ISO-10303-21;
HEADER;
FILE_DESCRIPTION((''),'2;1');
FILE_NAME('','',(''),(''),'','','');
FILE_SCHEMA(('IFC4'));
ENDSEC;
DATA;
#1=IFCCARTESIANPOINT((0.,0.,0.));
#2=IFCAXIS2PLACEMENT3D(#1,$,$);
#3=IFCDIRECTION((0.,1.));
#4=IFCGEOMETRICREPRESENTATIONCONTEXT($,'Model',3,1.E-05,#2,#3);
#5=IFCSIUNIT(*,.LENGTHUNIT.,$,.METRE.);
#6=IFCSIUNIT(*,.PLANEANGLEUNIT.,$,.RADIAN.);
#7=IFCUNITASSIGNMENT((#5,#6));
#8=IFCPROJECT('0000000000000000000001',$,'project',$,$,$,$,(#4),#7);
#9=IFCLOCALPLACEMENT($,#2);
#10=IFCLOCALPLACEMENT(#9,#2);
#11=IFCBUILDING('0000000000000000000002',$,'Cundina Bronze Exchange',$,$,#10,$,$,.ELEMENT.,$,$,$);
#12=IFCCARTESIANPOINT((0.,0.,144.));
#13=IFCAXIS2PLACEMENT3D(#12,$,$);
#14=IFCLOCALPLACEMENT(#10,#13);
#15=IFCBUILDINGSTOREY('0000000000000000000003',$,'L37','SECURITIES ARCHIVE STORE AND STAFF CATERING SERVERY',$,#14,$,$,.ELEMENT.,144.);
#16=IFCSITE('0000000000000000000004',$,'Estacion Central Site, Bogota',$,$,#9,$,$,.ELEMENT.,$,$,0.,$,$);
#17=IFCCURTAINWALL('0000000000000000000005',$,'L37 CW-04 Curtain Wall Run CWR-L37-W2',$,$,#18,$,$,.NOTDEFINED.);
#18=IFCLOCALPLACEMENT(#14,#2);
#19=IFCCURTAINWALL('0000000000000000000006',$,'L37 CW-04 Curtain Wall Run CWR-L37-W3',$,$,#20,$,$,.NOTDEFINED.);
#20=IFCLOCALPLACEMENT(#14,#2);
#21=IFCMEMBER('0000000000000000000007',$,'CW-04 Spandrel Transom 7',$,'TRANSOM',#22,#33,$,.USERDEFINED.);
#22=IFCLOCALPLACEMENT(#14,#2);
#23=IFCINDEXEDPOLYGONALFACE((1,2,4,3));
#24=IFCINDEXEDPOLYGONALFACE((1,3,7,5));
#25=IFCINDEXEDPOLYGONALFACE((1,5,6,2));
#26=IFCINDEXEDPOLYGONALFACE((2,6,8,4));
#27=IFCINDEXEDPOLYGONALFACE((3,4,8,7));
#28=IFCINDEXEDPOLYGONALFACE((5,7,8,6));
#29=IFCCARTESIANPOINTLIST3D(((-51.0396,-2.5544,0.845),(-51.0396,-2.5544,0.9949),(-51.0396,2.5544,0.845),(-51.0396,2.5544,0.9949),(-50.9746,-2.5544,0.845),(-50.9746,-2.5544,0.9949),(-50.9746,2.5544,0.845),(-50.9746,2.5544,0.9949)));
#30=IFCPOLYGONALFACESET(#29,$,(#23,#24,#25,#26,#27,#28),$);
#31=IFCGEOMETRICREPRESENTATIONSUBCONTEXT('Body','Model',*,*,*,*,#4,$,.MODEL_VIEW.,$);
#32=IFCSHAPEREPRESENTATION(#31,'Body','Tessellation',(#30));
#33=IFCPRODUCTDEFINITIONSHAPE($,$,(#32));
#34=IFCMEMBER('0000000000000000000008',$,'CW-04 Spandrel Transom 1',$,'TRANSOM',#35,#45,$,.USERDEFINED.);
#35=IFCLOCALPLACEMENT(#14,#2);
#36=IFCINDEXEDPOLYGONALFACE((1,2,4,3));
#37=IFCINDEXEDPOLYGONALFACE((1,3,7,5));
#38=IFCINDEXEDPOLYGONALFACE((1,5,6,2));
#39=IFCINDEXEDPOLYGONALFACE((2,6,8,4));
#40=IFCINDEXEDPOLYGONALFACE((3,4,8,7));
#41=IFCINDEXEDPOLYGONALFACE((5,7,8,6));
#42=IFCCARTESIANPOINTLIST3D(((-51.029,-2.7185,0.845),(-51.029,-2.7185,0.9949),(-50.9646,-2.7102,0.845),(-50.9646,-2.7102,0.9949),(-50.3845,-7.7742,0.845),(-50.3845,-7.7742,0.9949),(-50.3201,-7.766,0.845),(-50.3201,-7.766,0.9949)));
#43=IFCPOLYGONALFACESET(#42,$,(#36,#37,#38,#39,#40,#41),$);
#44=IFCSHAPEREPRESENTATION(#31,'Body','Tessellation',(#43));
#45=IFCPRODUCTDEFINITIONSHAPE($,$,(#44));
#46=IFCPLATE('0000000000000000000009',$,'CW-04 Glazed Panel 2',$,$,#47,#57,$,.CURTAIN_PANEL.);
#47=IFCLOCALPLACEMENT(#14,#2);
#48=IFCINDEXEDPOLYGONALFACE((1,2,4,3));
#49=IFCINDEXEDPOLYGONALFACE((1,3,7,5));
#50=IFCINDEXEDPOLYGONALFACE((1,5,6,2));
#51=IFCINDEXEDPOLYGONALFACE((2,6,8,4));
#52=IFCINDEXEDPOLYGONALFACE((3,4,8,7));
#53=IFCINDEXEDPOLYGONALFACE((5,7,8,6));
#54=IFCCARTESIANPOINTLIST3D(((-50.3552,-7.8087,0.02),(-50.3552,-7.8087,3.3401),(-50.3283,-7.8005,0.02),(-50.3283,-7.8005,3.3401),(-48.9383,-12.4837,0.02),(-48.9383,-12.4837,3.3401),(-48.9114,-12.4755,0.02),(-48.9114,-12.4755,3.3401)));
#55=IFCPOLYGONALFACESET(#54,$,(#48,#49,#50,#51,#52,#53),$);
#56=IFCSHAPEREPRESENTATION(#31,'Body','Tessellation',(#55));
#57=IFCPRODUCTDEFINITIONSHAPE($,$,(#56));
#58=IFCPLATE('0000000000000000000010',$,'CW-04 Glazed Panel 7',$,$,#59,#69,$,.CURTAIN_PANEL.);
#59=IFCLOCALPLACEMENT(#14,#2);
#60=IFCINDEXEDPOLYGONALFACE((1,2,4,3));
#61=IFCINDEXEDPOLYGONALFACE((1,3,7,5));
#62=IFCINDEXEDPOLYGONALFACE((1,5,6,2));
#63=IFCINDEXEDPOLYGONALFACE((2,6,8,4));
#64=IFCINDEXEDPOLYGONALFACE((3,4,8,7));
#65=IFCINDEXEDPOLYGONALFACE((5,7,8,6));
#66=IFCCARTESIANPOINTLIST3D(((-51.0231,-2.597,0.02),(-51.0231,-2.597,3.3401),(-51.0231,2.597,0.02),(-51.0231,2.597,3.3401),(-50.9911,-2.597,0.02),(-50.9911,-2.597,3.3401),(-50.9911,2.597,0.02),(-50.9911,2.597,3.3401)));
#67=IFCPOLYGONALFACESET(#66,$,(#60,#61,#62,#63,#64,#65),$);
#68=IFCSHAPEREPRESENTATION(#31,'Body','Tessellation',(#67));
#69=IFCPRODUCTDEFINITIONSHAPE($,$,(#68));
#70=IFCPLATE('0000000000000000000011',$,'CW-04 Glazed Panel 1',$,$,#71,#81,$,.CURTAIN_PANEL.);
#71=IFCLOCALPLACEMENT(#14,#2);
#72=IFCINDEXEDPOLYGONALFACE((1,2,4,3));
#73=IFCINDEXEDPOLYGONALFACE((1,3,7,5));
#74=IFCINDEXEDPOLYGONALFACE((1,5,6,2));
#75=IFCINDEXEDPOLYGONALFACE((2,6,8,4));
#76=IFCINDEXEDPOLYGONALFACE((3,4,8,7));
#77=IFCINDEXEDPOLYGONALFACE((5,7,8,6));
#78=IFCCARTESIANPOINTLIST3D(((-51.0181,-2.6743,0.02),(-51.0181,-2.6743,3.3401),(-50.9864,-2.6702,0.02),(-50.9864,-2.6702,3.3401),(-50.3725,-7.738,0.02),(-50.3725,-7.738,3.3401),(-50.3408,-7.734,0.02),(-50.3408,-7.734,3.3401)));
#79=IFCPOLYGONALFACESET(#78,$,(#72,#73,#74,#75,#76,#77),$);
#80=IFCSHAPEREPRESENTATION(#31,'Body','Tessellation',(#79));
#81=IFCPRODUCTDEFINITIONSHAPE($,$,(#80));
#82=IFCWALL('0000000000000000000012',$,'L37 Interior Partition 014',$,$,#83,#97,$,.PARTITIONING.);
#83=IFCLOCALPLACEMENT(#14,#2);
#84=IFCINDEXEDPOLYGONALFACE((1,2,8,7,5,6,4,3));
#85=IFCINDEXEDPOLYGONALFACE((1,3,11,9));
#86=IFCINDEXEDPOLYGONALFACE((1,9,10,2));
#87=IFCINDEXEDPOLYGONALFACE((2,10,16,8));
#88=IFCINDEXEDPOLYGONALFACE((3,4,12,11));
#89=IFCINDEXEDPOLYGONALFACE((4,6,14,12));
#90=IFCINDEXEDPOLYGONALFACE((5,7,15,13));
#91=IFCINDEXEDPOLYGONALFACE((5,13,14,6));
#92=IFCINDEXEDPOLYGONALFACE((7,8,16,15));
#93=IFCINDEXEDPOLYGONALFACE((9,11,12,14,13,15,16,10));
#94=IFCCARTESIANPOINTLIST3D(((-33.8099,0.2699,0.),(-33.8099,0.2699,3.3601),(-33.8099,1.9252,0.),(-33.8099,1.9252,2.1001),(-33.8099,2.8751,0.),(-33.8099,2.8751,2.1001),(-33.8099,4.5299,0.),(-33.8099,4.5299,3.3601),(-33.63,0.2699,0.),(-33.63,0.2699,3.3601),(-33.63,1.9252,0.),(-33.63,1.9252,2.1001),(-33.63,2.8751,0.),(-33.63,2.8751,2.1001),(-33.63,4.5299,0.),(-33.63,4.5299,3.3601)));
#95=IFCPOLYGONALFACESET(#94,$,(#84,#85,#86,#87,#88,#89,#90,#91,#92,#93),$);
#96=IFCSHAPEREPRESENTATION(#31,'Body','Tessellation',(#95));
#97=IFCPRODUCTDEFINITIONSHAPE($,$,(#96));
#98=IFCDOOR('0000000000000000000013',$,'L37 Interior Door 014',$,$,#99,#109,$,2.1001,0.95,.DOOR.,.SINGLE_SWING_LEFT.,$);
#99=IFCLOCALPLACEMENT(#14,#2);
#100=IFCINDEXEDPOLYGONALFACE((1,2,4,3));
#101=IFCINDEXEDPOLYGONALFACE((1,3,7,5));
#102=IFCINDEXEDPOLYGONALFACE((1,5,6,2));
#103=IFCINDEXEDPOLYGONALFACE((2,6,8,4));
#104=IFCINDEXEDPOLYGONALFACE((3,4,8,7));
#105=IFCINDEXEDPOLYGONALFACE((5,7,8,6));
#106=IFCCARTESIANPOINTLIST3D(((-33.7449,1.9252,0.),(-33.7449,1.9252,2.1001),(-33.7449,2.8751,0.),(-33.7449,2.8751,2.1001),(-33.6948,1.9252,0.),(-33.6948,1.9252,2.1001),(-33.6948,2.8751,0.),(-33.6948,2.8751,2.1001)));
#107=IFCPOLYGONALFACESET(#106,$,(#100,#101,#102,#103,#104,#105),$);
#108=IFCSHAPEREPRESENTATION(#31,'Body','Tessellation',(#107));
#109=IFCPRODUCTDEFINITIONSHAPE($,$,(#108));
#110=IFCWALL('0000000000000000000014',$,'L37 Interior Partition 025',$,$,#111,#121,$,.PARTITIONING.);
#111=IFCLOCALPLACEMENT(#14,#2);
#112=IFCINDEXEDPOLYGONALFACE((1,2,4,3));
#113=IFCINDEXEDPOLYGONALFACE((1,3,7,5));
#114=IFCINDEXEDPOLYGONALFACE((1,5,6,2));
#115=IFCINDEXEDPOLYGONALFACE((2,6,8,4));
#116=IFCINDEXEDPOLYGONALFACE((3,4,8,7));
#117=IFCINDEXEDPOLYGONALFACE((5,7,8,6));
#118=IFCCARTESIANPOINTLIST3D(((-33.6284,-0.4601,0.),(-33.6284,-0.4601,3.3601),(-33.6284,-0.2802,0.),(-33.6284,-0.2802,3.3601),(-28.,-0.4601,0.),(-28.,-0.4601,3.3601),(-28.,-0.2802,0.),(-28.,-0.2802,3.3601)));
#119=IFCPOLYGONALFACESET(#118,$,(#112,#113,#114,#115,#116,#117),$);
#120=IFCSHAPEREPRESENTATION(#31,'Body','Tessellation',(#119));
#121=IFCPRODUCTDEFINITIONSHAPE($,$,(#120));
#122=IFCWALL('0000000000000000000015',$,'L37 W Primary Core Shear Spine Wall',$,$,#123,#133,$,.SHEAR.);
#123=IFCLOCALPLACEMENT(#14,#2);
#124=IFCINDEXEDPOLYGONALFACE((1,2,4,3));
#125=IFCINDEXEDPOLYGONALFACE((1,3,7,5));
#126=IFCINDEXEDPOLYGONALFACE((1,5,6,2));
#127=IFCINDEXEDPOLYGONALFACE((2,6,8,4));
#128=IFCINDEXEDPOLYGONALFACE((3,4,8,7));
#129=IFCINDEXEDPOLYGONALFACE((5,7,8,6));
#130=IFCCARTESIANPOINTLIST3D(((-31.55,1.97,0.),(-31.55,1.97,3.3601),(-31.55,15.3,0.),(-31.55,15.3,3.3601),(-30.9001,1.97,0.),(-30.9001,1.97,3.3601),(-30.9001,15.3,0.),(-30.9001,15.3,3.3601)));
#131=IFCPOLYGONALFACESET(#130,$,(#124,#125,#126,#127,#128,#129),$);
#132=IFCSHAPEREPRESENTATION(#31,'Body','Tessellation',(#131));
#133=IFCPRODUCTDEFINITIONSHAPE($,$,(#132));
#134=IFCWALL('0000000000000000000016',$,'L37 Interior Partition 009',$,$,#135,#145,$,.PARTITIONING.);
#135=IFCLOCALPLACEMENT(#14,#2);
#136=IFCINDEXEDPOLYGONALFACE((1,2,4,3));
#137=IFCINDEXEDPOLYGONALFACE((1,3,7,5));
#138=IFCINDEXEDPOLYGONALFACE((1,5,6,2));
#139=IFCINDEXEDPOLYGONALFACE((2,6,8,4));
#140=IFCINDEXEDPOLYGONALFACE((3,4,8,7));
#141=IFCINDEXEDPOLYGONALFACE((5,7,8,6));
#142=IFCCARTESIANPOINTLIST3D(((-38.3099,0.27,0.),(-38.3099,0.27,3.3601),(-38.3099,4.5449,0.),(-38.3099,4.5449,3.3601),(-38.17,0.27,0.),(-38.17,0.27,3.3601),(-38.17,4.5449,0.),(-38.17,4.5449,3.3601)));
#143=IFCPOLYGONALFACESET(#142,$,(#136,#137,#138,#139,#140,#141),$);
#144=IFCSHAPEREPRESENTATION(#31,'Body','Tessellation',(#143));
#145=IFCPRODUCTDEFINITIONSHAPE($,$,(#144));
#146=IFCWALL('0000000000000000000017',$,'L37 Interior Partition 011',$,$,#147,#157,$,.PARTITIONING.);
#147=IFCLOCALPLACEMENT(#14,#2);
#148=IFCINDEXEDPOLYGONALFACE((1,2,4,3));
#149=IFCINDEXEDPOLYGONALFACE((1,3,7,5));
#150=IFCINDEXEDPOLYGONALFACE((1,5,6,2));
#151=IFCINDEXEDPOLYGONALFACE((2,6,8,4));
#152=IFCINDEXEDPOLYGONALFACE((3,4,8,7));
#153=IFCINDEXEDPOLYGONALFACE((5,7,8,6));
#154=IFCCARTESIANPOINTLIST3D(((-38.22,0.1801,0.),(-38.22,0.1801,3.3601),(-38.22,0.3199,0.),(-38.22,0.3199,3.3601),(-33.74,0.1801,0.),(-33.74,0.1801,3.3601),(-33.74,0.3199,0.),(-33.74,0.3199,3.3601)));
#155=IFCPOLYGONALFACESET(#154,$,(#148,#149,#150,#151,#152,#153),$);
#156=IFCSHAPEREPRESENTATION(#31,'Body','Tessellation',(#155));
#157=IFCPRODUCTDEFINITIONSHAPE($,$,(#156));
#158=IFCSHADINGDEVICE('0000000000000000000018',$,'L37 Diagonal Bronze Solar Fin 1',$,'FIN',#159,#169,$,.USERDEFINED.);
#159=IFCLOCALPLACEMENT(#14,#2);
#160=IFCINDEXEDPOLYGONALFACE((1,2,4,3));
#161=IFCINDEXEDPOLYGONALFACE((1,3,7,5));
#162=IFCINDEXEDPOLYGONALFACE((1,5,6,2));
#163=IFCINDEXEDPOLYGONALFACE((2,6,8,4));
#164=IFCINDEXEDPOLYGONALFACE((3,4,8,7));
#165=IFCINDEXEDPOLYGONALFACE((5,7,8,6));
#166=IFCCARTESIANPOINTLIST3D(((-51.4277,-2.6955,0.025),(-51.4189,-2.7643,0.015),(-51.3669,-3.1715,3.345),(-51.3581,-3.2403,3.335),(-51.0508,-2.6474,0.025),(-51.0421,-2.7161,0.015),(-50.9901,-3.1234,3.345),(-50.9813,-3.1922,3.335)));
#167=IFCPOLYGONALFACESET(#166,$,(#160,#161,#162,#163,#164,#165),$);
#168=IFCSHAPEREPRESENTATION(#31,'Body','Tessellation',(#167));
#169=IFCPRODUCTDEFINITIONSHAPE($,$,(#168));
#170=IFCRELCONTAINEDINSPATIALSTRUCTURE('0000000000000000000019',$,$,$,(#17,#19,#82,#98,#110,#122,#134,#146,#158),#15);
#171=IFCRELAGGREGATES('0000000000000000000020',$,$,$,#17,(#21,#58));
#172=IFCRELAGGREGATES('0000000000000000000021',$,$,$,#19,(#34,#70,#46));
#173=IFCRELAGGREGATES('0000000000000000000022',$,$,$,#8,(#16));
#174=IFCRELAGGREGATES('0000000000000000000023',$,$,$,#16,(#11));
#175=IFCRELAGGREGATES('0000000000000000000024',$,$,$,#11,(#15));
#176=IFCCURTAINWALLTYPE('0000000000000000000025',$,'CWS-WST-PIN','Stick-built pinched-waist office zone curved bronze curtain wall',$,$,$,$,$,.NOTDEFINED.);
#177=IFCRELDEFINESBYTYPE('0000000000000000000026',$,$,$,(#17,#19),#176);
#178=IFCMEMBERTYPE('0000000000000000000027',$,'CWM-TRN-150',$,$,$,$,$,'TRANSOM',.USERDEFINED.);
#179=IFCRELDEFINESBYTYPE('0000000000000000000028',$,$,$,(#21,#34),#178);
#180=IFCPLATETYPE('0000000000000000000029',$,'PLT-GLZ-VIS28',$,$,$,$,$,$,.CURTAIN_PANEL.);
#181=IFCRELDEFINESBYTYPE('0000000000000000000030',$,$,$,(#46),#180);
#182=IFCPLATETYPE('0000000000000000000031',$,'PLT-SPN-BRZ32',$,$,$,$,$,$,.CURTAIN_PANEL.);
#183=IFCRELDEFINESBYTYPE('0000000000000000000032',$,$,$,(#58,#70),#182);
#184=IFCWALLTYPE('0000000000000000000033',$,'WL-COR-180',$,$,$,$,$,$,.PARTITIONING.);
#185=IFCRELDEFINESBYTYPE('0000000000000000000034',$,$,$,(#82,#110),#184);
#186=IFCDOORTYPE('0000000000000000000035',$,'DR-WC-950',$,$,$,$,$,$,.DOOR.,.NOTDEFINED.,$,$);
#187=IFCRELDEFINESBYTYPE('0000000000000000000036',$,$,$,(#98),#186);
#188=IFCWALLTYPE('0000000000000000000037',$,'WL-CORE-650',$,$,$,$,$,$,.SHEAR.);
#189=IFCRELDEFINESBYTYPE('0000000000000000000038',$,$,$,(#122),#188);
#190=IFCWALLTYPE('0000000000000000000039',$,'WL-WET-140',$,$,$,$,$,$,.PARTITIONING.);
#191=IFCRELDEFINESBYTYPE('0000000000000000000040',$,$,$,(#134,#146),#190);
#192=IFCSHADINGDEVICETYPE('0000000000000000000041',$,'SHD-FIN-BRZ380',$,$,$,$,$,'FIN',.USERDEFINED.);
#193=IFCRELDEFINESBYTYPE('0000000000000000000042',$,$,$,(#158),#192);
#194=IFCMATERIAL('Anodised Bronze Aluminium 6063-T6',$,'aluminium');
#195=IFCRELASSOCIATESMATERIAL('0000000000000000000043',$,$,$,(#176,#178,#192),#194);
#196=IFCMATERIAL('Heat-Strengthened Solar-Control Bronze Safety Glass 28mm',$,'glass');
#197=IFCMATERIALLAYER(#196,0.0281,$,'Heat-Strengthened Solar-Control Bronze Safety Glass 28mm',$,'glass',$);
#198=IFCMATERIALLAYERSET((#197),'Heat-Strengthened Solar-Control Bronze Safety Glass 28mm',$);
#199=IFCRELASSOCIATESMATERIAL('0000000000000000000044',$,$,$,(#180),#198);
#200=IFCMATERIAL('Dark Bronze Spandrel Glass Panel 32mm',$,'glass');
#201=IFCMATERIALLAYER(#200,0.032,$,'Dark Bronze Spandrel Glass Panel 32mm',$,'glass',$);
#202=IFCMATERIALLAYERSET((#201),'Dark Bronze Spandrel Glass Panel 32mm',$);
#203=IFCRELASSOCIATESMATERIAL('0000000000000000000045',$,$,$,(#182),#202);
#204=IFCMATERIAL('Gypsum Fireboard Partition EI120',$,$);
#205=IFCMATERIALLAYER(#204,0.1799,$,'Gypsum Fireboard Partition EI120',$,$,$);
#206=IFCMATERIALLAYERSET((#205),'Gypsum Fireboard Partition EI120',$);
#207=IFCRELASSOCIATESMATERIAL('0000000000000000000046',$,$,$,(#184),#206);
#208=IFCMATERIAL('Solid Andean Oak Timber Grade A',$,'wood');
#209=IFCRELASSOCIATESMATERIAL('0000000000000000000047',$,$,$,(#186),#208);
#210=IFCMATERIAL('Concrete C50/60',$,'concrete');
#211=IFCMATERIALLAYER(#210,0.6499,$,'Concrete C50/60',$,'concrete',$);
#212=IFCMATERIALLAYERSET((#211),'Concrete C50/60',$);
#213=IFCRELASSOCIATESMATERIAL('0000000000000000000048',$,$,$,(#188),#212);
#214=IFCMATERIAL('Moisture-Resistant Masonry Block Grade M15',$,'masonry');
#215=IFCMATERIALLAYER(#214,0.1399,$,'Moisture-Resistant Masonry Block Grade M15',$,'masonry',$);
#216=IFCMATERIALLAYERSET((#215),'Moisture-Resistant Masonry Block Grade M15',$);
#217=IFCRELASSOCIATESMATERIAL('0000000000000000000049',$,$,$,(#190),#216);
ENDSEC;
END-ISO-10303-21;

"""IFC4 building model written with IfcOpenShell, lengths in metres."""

from ifc_helpers import new_model, si_unit, direction, frame, frame_2d, origin, origin_2d, place, context, subcontext, project, spatial, rectangle, extrude, material, layer, layer_set, material_profile, profile_set, type_object, element, fill, aggregate, save


model = new_model("IFC4")

# Units and contexts
model_context = context("Model", 3, precision=1e-05, world=origin(), true_north=direction((0.0, 1.0)))
body_context = subcontext(model_context, "Body", "Model", "MODEL_VIEW")
ifc_project = project(units=[si_unit("LENGTHUNIT", "METRE"), si_unit("PLANEANGLEUNIT", "RADIAN")], contexts=[model_context])

# Site, building, storey
site_placement = place(None, origin())
site = spatial("IfcSite", under=ifc_project, at=site_placement, Name="Estacion Central Site, Bogota", CompositionType="ELEMENT", RefElevation=0.0)
building_placement = place(site_placement, origin())
building = spatial("IfcBuilding", under=site, at=building_placement, Name="Cundina Bronze Exchange", CompositionType="ELEMENT")
storey_placement = place(building_placement, frame((0.0, 0.0, 144.0)))
storey = spatial("IfcBuildingStorey", under=building, at=storey_placement, Name="L37", Description="SECURITIES ARCHIVE STORE AND STAFF CATERING SERVERY", CompositionType="ELEMENT", Elevation=144.0)

# Shared definitions
ifc_material_1 = material(Name="Concrete C50/60", Category="concrete")

# Curtain walls
ifc_material_2 = material(Name="Anodised Bronze Aluminium 6063-T6", Category="aluminium")
curtain_wall_type = type_object("IfcCurtainWallType", Name="CWS-WST-PIN", Description="Stick-built pinched-waist office zone curved bronze curtain wall", PredefinedType="NOTDEFINED", material=ifc_material_2)
curtain_wall_1_placement = place(storey_placement, origin())
curtain_wall_1 = element("IfcCurtainWall", 1, at=curtain_wall_1_placement, inside=storey, type_object=curtain_wall_type, Name="L37 CW-04 Curtain Wall Run CWR-L37-W2", PredefinedType="NOTDEFINED")
curtain_wall_2_placement = place(storey_placement, origin())
curtain_wall_2 = element("IfcCurtainWall", 2, at=curtain_wall_2_placement, inside=storey, type_object=curtain_wall_type, Name="L37 CW-04 Curtain Wall Run CWR-L37-W3", PredefinedType="NOTDEFINED")

# Members
ifc_material_profile_1 = material_profile(ifc_material_2, rectangle(XDim=0.0649, YDim=0.1499, at=origin_2d()), Name="AL65X150", Category="aluminium")
ifc_profile_set_1 = profile_set([ifc_material_profile_1], Name="Anodised Bronze Aluminium 6063-T6")
member_type_1 = type_object("IfcMemberType", Name="CWM-TRN-150", ElementType="TRANSOM", PredefinedType="USERDEFINED", material=ifc_profile_set_1)
member_1_placement = place(storey_placement, frame((-51.0071, 2.5544, 0.9199), z_axis=(0.0, -1.0, 0.0), x_axis=(1.0, 0.0, 0.0)))
member_1 = element("IfcMember", 3, at=member_1_placement, type_object=member_type_1, Name="CW-04 Spandrel Transom 7", ObjectType="TRANSOM", PredefinedType="USERDEFINED", context=body_context, shape_type="SweptSolid", body=[
    extrude(rectangle(XDim=0.0649, YDim=0.1499, at=origin_2d()), origin(), (0.0, 0.0, 1.0), 5.1089),
])
member_2_placement = place(storey_placement, frame((-50.9968, -2.7144, 0.9199), z_axis=(0.126463, -0.991971, 0.0), x_axis=(0.991971, 0.126463, 0.0)))
member_2 = element("IfcMember", 4, at=member_2_placement, type_object=member_type_1, Name="CW-04 Spandrel Transom 1", ObjectType="TRANSOM", PredefinedType="USERDEFINED", context=body_context, shape_type="SweptSolid", body=[
    extrude(rectangle(XDim=0.0649, YDim=0.1499, at=origin_2d()), origin(), (0.0, 0.0, 1.0), 5.0967),
])

# Plates
ifc_material_3 = material(Name="Heat-Strengthened Solar-Control Bronze Safety Glass 28mm", Category="glass")
ifc_layer_1 = layer(ifc_material_3, 0.0281, Name="Heat-Strengthened Solar-Control Bronze Safety Glass 28mm", Category="glass")
ifc_layer_set_1 = layer_set([ifc_layer_1], Name="Heat-Strengthened Solar-Control Bronze Safety Glass 28mm")
plate_type_1 = type_object("IfcPlateType", Name="PLT-GLZ-VIS28", PredefinedType="CURTAIN_PANEL", material=ifc_layer_set_1)
plate_1_placement = place(storey_placement, frame((-49.6333, -10.1421, 0.02), z_axis=(0.0, 0.0, 1.0), x_axis=(0.290051, -0.957011, 0.0)))
plate_1 = element("IfcPlate", 5, at=plate_1_placement, type_object=plate_type_1, Name="CW-04 Glazed Panel 2", PredefinedType="CURTAIN_PANEL", context=body_context, shape_type="SweptSolid", body=[
    extrude(rectangle(XDim=4.885, YDim=0.0281, at=origin_2d()), origin(), (0.0, 0.0, 1.0), 3.3201),
])
ifc_material_4 = material(Name="Dark Bronze Spandrel Glass Panel 32mm", Category="glass")
ifc_layer_2 = layer(ifc_material_4, 0.032, Name="Dark Bronze Spandrel Glass Panel 32mm", Category="glass")
ifc_layer_set_2 = layer_set([ifc_layer_2], Name="Dark Bronze Spandrel Glass Panel 32mm")
plate_type_2 = type_object("IfcPlateType", Name="PLT-SPN-BRZ32", PredefinedType="CURTAIN_PANEL", material=ifc_layer_set_2)
plate_2_placement = place(storey_placement, frame((-51.0071, 0.0, 0.02), z_axis=(0.0, 0.0, 1.0), x_axis=(0.0, -1.0, 0.0)))
plate_2 = element("IfcPlate", 6, at=plate_2_placement, type_object=plate_type_2, Name="CW-04 Glazed Panel 7", PredefinedType="CURTAIN_PANEL", context=body_context, shape_type="SweptSolid", body=[
    extrude(rectangle(XDim=5.1941, YDim=0.032, at=origin_2d()), origin(), (0.0, 0.0, 1.0), 3.3201),
])
aggregate(curtain_wall_1, [member_1, plate_2])
plate_3_placement = place(storey_placement, frame((-50.6794, -5.2041, 0.02), z_axis=(0.0, 0.0, 1.0), x_axis=(0.126476, -0.99197, 0.0)))
plate_3 = element("IfcPlate", 7, at=plate_3_placement, type_object=plate_type_2, Name="CW-04 Glazed Panel 1", PredefinedType="CURTAIN_PANEL", context=body_context, shape_type="SweptSolid", body=[
    extrude(rectangle(XDim=5.1047, YDim=0.032, at=origin_2d()), origin(), (0.0, 0.0, 1.0), 3.3201),
])
aggregate(curtain_wall_2, [member_2, plate_3, plate_1])

# Wall, opening, door
ifc_material_5 = material(Name="Gypsum Fireboard Partition EI120")
ifc_layer_3 = layer(ifc_material_5, 0.1799, Name="Gypsum Fireboard Partition EI120")
ifc_layer_set_3 = layer_set([ifc_layer_3], Name="Gypsum Fireboard Partition EI120")
wall_type_1 = type_object("IfcWallType", Name="WL-COR-180", PredefinedType="PARTITIONING", material=ifc_layer_set_3)
wall_1_placement = place(storey_placement, frame((-33.72, 0.27, 0.0), z_axis=(0.0, 0.0, 1.0), x_axis=(0.0, 1.0, 0.0)))
wall_1 = element("IfcWall", 8, at=wall_1_placement, inside=storey, type_object=wall_type_1, Name="L37 Interior Partition 014", PredefinedType="PARTITIONING", context=body_context, shape_type="SweptSolid", body=[
    extrude(rectangle(XDim=4.26, YDim=0.1799, at=frame_2d((2.1299, 0.0))), origin(), (0.0, 0.0, 1.0), 3.3601),
])
opening_1_placement = place(wall_1_placement, frame((1.655, 0.0, 0.0)))
opening_1 = element("IfcOpeningElement", 9, at=opening_1_placement, cuts=wall_1, PredefinedType="OPENING", context=body_context, shape_type="SweptSolid", body=[
    extrude(rectangle(XDim=0.95, YDim=2.1001, at=frame_2d((0.4751, 1.05))), frame((0.0, 0.0999, 0.0), z_axis=(0.0, -1.0, 0.0), x_axis=(1.0, 0.0, 0.0)), (0.0, 0.0, 1.0), 0.2),
])
ifc_material_6 = material(Name="Solid Andean Oak Timber Grade A", Category="wood")
door_type_1 = type_object("IfcDoorType", Name="DR-WC-950", OperationType="NOTDEFINED", PredefinedType="DOOR", material=ifc_material_6)
door_1_placement = place(opening_1_placement, origin())
door_1 = element("IfcDoor", 10, at=door_1_placement, inside=storey, type_object=door_type_1, Name="L37 Interior Door 014", OperationType="SINGLE_SWING_LEFT", OverallHeight=2.1001, OverallWidth=0.95, PredefinedType="DOOR", context=body_context, shape_type="SweptSolid", body=[
    extrude(rectangle(XDim=0.95, YDim=2.1001, at=frame_2d((0.4751, 1.05))), frame((0.0, 0.0249, 0.0), z_axis=(0.0, -1.0, 0.0), x_axis=(1.0, 0.0, 0.0)), (0.0, 0.0, 1.0), 0.05),
])
fill(opening_1, door_1)

# Walls
wall_2_placement = place(storey_placement, frame((-33.6284, -0.3701, 0.0), z_axis=(0.0, 0.0, 1.0), x_axis=(1.0, 0.0, 0.0)))
element("IfcWall", 11, at=wall_2_placement, inside=storey, type_object=wall_type_1, Name="L37 Interior Partition 025", PredefinedType="PARTITIONING", context=body_context, shape_type="SweptSolid", body=[
    extrude(rectangle(XDim=5.6284, YDim=0.1799, at=frame_2d((2.8142, 0.0))), origin(), (0.0, 0.0, 1.0), 3.3601),
])
ifc_layer_4 = layer(ifc_material_1, 0.6499, Name="Concrete C50/60", Category="concrete")
ifc_layer_set_4 = layer_set([ifc_layer_4], Name="Concrete C50/60")
wall_type_2 = type_object("IfcWallType", Name="WL-CORE-650", PredefinedType="SHEAR", material=ifc_layer_set_4)
wall_3_placement = place(storey_placement, frame((-31.2251, 1.97, 0.0), z_axis=(0.0, 0.0, 1.0), x_axis=(0.0, 1.0, 0.0)))
element("IfcWall", 12, at=wall_3_placement, inside=storey, type_object=wall_type_2, Name="L37 W Primary Core Shear Spine Wall", PredefinedType="SHEAR", context=body_context, shape_type="SweptSolid", body=[
    extrude(rectangle(XDim=13.3301, YDim=0.6499, at=frame_2d((6.665, 0.0))), origin(), (0.0, 0.0, 1.0), 3.3601),
])
ifc_material_7 = material(Name="Moisture-Resistant Masonry Block Grade M15", Category="masonry")
ifc_layer_5 = layer(ifc_material_7, 0.1399, Name="Moisture-Resistant Masonry Block Grade M15", Category="masonry")
ifc_layer_set_5 = layer_set([ifc_layer_5], Name="Moisture-Resistant Masonry Block Grade M15")
wall_type_3 = type_object("IfcWallType", Name="WL-WET-140", PredefinedType="PARTITIONING", material=ifc_layer_set_5)
wall_4_placement = place(storey_placement, frame((-38.24, 0.27, 0.0), z_axis=(0.0, 0.0, 1.0), x_axis=(0.0, 1.0, 0.0)))
element("IfcWall", 13, at=wall_4_placement, inside=storey, type_object=wall_type_3, Name="L37 Interior Partition 009", PredefinedType="PARTITIONING", context=body_context, shape_type="SweptSolid", body=[
    extrude(rectangle(XDim=4.2749, YDim=0.1399, at=frame_2d((2.1375, 0.0))), origin(), (0.0, 0.0, 1.0), 3.3601),
])
wall_5_placement = place(storey_placement, frame((-38.22, 0.25, 0.0), z_axis=(0.0, 0.0, 1.0), x_axis=(1.0, 0.0, 0.0)))
element("IfcWall", 14, at=wall_5_placement, inside=storey, type_object=wall_type_3, Name="L37 Interior Partition 011", PredefinedType="PARTITIONING", context=body_context, shape_type="SweptSolid", body=[
    extrude(rectangle(XDim=4.48, YDim=0.1399, at=frame_2d((2.24, 0.0))), origin(), (0.0, 0.0, 1.0), 3.3601),
])

# Shading device
ifc_material_profile_2 = material_profile(ifc_material_2, rectangle(XDim=0.0701, YDim=0.3799, at=origin_2d()), Name="FIN70X380", Category="aluminium")
ifc_profile_set_2 = profile_set([ifc_material_profile_2], Name="Anodised Bronze Aluminium 6063-T6")
shading_device_type = type_object("IfcShadingDeviceType", Name="SHD-FIN-BRZ380", ElementType="FIN", PredefinedType="USERDEFINED", material=ifc_profile_set_2)
shading_device_placement = place(storey_placement, frame((-51.2349, -2.7058, 0.02), z_axis=(0.018122, -0.141918, 0.989713), x_axis=(-0.125361, 0.981741, 0.14307)))
element("IfcShadingDevice", 15, at=shading_device_placement, inside=storey, type_object=shading_device_type, Name="L37 Diagonal Bronze Solar Fin 1", ObjectType="FIN", PredefinedType="USERDEFINED", context=body_context, shape_type="SweptSolid", body=[
    extrude(rectangle(XDim=0.0701, YDim=0.3799, at=origin_2d()), origin(), (0.0, 0.0, 1.0), 3.3545),
])

save(model, "model.ifc")
